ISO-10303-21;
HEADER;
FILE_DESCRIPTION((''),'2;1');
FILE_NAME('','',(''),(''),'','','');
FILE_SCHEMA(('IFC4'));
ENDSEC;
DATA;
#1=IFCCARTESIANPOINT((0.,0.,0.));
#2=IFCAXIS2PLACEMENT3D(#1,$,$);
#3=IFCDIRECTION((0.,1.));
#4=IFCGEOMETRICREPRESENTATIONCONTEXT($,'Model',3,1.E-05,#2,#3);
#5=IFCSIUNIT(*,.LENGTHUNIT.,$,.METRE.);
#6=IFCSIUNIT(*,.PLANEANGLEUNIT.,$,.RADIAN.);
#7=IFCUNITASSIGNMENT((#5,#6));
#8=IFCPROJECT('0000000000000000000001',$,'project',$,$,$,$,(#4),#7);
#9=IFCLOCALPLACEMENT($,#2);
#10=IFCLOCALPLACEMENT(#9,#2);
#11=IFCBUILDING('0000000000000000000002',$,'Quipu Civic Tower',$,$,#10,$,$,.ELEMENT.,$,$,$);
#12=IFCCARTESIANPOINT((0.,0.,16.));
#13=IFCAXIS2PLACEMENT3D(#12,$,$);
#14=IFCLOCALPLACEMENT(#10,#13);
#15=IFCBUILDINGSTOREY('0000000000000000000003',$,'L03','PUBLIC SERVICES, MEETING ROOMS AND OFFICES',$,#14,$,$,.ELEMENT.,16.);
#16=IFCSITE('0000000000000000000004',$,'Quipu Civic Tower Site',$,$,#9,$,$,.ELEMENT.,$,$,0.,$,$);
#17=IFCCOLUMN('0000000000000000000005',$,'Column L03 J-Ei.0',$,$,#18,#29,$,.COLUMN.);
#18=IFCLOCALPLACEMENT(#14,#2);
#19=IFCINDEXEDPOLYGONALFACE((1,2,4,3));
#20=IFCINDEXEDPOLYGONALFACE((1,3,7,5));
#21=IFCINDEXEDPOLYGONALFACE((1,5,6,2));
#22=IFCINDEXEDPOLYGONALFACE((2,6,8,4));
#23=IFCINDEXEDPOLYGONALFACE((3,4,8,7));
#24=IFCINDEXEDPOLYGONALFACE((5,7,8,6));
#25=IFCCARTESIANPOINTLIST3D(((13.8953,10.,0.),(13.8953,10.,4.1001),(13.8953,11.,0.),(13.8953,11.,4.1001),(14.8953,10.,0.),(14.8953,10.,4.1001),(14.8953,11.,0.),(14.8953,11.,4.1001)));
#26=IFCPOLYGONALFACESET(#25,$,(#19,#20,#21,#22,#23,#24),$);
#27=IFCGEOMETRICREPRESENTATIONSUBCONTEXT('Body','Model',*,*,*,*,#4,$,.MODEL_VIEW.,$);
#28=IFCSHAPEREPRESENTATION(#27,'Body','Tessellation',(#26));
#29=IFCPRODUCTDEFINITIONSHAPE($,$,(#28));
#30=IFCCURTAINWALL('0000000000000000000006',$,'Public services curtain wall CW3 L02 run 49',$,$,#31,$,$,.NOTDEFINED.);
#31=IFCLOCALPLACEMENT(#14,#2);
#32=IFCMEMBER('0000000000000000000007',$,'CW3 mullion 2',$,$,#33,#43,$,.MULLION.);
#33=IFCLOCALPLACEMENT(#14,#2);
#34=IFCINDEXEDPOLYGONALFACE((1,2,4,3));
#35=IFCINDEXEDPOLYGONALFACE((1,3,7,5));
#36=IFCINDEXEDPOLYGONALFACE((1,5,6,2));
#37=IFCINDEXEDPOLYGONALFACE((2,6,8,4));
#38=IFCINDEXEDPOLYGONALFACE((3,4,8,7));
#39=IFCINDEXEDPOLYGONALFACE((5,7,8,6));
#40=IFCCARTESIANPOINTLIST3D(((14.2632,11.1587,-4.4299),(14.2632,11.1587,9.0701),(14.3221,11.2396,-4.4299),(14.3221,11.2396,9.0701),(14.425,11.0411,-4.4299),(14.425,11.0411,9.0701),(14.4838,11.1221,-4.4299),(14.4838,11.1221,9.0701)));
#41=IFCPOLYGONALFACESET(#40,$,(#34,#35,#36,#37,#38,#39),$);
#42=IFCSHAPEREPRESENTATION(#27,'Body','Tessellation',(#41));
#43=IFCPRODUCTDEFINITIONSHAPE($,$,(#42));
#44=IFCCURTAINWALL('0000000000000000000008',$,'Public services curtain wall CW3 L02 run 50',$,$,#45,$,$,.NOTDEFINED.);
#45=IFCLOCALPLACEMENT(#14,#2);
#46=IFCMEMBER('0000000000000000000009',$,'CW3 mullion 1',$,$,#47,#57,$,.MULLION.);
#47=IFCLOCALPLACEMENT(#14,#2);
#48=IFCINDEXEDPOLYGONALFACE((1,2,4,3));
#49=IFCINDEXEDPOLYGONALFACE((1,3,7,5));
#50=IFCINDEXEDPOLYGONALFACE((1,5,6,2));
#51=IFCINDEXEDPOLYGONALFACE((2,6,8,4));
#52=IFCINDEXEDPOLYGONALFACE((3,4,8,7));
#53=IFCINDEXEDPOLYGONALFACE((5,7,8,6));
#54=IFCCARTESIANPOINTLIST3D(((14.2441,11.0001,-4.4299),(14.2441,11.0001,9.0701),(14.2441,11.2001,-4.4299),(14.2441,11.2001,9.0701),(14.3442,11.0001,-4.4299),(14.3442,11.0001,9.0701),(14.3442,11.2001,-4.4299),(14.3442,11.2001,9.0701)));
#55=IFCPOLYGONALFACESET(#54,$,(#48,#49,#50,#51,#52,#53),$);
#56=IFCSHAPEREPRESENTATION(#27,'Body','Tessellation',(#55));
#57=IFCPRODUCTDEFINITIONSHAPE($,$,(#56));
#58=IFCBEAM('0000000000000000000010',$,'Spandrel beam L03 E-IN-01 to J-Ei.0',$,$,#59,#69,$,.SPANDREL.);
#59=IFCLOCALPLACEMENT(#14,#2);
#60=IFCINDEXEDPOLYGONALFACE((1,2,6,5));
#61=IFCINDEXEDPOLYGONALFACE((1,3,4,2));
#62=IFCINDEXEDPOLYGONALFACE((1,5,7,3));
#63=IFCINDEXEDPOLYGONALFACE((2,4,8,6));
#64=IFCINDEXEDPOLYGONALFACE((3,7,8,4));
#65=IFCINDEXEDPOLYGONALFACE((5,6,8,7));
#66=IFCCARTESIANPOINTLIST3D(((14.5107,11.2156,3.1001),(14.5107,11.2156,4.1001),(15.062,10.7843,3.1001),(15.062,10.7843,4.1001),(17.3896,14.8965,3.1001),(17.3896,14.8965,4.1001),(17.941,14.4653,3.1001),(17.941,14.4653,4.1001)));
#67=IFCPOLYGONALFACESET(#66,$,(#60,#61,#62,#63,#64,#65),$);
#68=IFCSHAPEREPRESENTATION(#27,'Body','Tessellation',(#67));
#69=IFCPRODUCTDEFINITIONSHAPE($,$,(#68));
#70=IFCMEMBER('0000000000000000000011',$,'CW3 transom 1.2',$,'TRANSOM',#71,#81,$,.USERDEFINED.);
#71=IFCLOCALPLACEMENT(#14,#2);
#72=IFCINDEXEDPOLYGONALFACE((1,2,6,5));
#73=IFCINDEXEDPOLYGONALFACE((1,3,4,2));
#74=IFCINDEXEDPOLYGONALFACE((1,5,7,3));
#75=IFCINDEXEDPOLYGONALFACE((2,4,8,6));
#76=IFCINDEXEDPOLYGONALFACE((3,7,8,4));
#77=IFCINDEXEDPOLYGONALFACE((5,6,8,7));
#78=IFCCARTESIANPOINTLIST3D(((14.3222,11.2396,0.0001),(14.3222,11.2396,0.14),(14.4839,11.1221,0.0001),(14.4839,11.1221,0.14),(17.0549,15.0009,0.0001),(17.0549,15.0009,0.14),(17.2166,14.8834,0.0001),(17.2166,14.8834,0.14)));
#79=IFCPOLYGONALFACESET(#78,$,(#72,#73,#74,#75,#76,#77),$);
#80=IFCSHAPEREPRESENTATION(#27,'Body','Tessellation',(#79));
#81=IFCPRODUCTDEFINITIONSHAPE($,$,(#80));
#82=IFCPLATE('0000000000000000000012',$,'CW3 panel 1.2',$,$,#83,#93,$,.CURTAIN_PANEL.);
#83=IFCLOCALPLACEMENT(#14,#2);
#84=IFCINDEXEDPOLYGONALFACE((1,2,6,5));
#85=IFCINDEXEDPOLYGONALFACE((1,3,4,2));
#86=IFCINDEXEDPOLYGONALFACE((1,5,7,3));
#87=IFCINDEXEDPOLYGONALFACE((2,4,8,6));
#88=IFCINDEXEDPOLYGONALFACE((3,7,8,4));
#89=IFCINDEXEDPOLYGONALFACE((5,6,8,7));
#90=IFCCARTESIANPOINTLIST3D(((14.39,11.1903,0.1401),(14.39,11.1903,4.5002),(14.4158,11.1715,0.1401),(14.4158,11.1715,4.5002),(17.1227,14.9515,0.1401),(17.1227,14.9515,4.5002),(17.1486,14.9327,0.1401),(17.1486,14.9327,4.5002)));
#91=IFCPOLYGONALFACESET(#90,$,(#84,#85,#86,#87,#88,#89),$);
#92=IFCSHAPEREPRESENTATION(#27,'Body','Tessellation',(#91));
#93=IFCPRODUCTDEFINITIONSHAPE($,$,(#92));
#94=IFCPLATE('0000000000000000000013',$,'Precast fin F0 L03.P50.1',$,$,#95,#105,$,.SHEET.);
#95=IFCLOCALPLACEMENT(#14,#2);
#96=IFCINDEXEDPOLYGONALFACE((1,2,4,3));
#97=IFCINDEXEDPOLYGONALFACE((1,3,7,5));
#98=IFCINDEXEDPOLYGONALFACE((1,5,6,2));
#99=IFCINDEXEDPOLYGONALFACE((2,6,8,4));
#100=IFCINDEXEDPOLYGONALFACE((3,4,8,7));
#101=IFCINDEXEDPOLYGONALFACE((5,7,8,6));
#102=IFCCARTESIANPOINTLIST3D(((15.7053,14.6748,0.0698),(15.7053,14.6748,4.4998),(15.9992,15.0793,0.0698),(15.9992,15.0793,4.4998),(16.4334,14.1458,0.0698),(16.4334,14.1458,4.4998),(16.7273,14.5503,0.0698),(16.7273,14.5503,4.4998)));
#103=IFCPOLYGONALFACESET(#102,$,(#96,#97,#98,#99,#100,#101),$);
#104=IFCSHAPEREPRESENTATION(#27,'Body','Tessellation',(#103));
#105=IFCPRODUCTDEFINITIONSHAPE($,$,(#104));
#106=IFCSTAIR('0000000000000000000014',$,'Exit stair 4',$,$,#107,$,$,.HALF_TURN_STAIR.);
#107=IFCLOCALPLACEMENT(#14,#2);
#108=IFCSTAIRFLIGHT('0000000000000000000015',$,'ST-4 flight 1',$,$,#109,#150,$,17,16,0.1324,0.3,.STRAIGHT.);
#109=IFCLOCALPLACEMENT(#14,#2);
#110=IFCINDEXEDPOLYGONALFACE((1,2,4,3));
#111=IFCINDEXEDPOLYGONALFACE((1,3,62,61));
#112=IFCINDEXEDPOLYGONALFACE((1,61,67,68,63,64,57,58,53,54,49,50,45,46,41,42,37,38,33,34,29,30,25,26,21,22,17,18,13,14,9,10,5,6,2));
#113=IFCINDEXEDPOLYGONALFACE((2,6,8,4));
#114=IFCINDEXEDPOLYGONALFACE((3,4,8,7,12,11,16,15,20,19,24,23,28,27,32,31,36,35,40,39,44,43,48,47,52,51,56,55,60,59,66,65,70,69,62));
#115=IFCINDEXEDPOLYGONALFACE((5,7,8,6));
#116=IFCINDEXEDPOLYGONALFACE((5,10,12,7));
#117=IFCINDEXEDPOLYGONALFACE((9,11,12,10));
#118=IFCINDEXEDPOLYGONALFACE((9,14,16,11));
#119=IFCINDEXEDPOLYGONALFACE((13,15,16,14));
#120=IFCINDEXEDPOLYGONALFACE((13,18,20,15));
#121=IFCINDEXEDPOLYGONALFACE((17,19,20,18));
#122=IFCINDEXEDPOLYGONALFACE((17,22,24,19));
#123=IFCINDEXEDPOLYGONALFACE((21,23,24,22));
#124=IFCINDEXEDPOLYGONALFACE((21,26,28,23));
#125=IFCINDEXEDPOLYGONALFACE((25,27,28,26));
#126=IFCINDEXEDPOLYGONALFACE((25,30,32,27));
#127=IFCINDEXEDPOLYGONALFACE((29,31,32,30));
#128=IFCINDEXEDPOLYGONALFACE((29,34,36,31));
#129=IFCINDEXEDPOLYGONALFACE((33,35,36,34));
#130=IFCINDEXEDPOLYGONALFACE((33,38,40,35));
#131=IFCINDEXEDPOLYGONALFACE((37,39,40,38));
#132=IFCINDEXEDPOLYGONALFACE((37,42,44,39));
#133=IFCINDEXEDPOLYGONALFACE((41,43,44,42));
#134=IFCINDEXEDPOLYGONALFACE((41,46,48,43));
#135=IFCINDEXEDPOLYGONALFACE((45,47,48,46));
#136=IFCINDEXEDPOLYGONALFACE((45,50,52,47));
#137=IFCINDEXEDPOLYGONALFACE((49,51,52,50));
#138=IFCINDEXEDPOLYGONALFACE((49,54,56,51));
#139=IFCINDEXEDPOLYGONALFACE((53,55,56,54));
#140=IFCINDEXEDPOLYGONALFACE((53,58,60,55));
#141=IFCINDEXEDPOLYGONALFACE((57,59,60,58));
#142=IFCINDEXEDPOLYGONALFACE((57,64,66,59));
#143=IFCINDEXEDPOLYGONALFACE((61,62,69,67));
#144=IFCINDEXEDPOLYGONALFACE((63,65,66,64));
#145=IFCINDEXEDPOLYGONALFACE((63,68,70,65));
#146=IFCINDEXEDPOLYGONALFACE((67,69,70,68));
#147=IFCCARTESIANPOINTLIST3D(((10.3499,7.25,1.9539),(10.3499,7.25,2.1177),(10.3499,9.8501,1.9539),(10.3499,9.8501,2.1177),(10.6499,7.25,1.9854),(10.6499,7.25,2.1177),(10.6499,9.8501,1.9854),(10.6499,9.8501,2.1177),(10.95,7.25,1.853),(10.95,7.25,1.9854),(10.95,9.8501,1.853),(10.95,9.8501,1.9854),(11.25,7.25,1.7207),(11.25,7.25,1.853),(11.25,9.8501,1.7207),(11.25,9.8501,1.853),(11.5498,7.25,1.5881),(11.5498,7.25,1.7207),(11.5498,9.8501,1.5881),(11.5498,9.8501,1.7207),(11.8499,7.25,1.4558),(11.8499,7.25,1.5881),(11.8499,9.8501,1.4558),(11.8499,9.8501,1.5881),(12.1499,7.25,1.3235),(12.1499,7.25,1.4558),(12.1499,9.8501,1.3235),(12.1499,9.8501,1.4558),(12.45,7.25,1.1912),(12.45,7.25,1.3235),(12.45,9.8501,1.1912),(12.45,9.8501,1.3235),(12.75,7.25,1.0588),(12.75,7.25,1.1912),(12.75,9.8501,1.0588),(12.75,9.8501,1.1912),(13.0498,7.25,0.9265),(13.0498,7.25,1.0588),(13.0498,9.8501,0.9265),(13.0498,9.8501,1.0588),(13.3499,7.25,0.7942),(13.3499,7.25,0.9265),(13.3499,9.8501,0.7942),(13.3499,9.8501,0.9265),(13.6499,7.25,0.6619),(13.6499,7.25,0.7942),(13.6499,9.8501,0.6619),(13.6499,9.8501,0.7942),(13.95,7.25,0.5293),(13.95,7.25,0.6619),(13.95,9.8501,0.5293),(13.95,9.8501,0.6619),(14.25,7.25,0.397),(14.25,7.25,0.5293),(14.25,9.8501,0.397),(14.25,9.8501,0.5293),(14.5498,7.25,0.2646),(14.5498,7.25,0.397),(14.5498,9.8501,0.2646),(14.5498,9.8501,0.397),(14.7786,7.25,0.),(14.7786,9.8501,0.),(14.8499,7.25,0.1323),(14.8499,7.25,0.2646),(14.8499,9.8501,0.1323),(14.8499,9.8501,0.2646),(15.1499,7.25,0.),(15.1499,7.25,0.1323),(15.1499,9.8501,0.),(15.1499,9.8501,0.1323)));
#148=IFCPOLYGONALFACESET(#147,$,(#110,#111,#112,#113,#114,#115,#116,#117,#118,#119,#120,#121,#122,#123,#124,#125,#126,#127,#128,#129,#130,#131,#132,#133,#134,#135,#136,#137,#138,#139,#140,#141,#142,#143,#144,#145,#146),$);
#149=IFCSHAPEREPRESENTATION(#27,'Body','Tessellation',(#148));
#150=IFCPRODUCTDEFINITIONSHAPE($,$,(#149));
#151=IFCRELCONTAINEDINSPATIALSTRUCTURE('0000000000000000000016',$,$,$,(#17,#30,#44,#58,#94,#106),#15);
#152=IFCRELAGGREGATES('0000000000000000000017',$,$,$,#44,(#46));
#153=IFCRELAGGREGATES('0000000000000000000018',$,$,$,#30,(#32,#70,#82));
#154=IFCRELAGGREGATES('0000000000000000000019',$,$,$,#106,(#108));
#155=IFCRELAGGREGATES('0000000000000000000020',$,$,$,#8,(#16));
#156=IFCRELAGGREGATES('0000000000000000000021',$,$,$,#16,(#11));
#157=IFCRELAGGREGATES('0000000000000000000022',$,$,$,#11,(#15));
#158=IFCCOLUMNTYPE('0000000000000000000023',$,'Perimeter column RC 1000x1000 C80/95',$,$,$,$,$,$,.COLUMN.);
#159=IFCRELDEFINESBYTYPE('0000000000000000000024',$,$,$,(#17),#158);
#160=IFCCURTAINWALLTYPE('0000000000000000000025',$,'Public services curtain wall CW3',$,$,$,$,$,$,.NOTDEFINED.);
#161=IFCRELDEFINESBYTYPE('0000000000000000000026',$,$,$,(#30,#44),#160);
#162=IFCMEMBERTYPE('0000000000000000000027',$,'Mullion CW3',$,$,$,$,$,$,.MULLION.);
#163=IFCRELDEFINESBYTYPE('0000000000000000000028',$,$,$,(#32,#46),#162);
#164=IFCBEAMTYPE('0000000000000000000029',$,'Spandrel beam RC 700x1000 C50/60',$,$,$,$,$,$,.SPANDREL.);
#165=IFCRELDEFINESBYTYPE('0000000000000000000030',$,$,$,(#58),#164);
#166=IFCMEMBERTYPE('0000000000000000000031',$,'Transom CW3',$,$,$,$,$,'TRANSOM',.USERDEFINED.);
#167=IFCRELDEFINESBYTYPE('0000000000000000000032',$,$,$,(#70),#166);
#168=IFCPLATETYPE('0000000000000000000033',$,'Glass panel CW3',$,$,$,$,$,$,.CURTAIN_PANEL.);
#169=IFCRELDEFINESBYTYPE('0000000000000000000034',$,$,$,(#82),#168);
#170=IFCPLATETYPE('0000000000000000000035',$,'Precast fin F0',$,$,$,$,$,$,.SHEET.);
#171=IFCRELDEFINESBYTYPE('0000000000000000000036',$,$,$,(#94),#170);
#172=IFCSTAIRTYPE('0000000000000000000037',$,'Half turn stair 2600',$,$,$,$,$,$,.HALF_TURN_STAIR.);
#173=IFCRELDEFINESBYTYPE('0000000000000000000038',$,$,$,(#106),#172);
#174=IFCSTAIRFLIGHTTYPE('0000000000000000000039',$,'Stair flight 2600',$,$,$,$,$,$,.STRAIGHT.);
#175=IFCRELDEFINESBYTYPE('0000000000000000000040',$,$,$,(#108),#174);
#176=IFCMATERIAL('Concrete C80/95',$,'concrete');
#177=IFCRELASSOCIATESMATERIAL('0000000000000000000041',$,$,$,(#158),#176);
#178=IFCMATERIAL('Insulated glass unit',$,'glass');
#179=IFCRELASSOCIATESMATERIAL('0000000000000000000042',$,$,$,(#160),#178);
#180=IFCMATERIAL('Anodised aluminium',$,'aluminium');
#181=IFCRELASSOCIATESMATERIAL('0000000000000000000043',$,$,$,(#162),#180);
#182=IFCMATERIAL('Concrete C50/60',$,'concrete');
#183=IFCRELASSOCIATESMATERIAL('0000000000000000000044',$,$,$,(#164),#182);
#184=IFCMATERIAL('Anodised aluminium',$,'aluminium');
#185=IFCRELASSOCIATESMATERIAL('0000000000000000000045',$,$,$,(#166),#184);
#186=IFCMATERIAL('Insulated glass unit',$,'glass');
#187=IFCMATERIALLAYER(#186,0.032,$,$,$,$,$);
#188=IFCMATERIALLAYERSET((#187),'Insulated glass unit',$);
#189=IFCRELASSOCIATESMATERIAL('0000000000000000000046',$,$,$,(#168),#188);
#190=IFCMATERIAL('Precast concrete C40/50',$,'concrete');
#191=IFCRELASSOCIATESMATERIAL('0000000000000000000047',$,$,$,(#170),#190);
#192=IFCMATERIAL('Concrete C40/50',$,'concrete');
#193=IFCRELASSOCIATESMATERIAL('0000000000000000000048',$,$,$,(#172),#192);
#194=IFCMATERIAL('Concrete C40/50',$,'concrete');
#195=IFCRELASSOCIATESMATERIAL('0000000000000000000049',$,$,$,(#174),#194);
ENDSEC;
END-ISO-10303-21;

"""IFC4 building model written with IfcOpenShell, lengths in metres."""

from ifc_helpers import new_model, si_unit, direction, frame, origin, origin_2d, place, context, subcontext, project, spatial, polyline, rectangle, outline, extrude, material, layer, layer_set, material_profile, profile_set, type_object, element, aggregate, save


model = new_model("IFC4")

# Units and contexts
model_context = context("Model", 3, precision=1e-05, world=origin(), true_north=direction((0.0, 1.0)))
body_context = subcontext(model_context, "Body", "Model", "MODEL_VIEW")
ifc_project = project(units=[si_unit("LENGTHUNIT", "METRE"), si_unit("PLANEANGLEUNIT", "RADIAN")], contexts=[model_context])

# Site, building, storey
site_placement = place(None, origin())
site = spatial("IfcSite", under=ifc_project, at=site_placement, Name="Quipu Civic Tower Site", CompositionType="ELEMENT", RefElevation=0.0)
building_placement = place(site_placement, origin())
building = spatial("IfcBuilding", under=site, at=building_placement, Name="Quipu Civic Tower", CompositionType="ELEMENT")
storey_placement = place(building_placement, frame((0.0, 0.0, 16.0)))
storey = spatial("IfcBuildingStorey", under=building, at=storey_placement, Name="L03", Description="PUBLIC SERVICES, MEETING ROOMS AND OFFICES", CompositionType="ELEMENT", Elevation=16.0)

# Column
ifc_material_1 = material(Name="Concrete C80/95", Category="concrete")
ifc_material_profile_1 = material_profile(ifc_material_1, rectangle(XDim=1.0, YDim=1.0, at=origin_2d()), Name="RC1000x1000")
ifc_profile_set_1 = profile_set([ifc_material_profile_1], Name="Concrete C80/95")
column_type = type_object("IfcColumnType", Name="Perimeter column RC 1000x1000 C80/95", PredefinedType="COLUMN", material=ifc_profile_set_1)
column_placement = place(storey_placement, frame((14.3953, 10.5, 0.0), z_axis=(0.0, 0.0, 1.0), x_axis=(-1.0, 0.0, 0.0)))
element("IfcColumn", 1, at=column_placement, inside=storey, type_object=column_type, Name="Column L03 J-Ei.0", PredefinedType="COLUMN", context=body_context, shape_type="SweptSolid", body=[
    extrude(rectangle(XDim=1.0, YDim=1.0, at=origin_2d()), origin(), (0.0, 0.0, 1.0), 4.1001),
])

# Curtain walls, members
ifc_material_2 = material(Name="Insulated glass unit", Category="glass")
curtain_wall_type = type_object("IfcCurtainWallType", Name="Public services curtain wall CW3", PredefinedType="NOTDEFINED", material=ifc_material_2)
curtain_wall_1_placement = place(storey_placement, origin())
curtain_wall_1 = element("IfcCurtainWall", 2, at=curtain_wall_1_placement, inside=storey, type_object=curtain_wall_type, Name="Public services curtain wall CW3 L02 run 49", PredefinedType="NOTDEFINED")
ifc_material_3 = material(Name="Anodised aluminium", Category="aluminium")
ifc_material_profile_2 = material_profile(ifc_material_3, rectangle(XDim=0.2, YDim=0.1001, at=origin_2d()), Name="RECT 200x100")
ifc_profile_set_2 = profile_set([ifc_material_profile_2], Name="Anodised aluminium")
member_type_1 = type_object("IfcMemberType", Name="Mullion CW3", PredefinedType="MULLION", material=ifc_profile_set_2)
member_1_placement = place(storey_placement, frame((14.3735, 11.1404, -4.4299), z_axis=(0.0, 0.0, 1.0), x_axis=(0.80901, -0.587795, 0.0)))
member_1 = element("IfcMember", 3, at=member_1_placement, type_object=member_type_1, Name="CW3 mullion 2", PredefinedType="MULLION", context=body_context, shape_type="SweptSolid", body=[
    extrude(rectangle(XDim=0.2, YDim=0.1001, at=origin_2d()), origin(), (0.0, 0.0, 1.0), 13.5),
])
curtain_wall_2_placement = place(storey_placement, origin())
curtain_wall_2 = element("IfcCurtainWall", 4, at=curtain_wall_2_placement, inside=storey, type_object=curtain_wall_type, Name="Public services curtain wall CW3 L02 run 50", PredefinedType="NOTDEFINED")
member_2_placement = place(storey_placement, frame((14.2942, 11.1001, -4.4299), z_axis=(0.0, 0.0, 1.0), x_axis=(0.0, -1.0, 0.0)))
member_2 = element("IfcMember", 5, at=member_2_placement, type_object=member_type_1, Name="CW3 mullion 1", PredefinedType="MULLION", context=body_context, shape_type="SweptSolid", body=[
    extrude(rectangle(XDim=0.2, YDim=0.1001, at=origin_2d()), origin(), (0.0, 0.0, 1.0), 13.5),
])
aggregate(curtain_wall_2, [member_2])

# Beam
ifc_material_4 = material(Name="Concrete C50/60", Category="concrete")
ifc_material_profile_3 = material_profile(ifc_material_4, rectangle(XDim=0.7, YDim=1.0, at=origin_2d()), Name="RC700x1000")
ifc_profile_set_3 = profile_set([ifc_material_profile_3], Name="Concrete C50/60")
beam_type = type_object("IfcBeamType", Name="Spandrel beam RC 700x1000 C50/60", PredefinedType="SPANDREL", material=ifc_profile_set_3)
beam_placement = place(storey_placement, frame((17.6653, 14.6809, 3.6001), z_axis=(-0.616069, -0.787692, 0.0), x_axis=(0.787692, -0.616069, 0.0)))
element("IfcBeam", 6, at=beam_placement, inside=storey, type_object=beam_type, Name="Spandrel beam L03 E-IN-01 to J-Ei.0", PredefinedType="SPANDREL", context=body_context, shape_type="SweptSolid", body=[
    extrude(rectangle(XDim=0.7, YDim=1.0, at=origin_2d()), origin(), (0.0, 0.0, 1.0), 4.6731),
])

# Member
ifc_material_5 = material(Name="Anodised aluminium", Category="aluminium")
ifc_material_profile_4 = material_profile(ifc_material_5, rectangle(XDim=0.2, YDim=0.1399, at=origin_2d()), Name="RECT 200x140")
ifc_profile_set_4 = profile_set([ifc_material_profile_4], Name="Anodised aluminium")
member_type_2 = type_object("IfcMemberType", Name="Transom CW3", ElementType="TRANSOM", PredefinedType="USERDEFINED", material=ifc_profile_set_4)
member_3_placement = place(storey_placement, frame((17.1357, 14.9421, 0.0701), z_axis=(-0.587781, -0.80902, 0.0), x_axis=(0.80902, -0.587781, 0.0)))
member_3 = element("IfcMember", 7, at=member_3_placement, type_object=member_type_2, Name="CW3 transom 1.2", ObjectType="TRANSOM", PredefinedType="USERDEFINED", context=body_context, shape_type="SweptSolid", body=[
    extrude(rectangle(XDim=0.2, YDim=0.1399, at=origin_2d()), origin(), (0.0, 0.0, 1.0), 4.6492),
])

# Plates
ifc_material_6 = material(Name="Insulated glass unit", Category="glass")
ifc_layer = layer(ifc_material_6, 0.032)
ifc_layer_set = layer_set([ifc_layer], Name="Insulated glass unit")
plate_type_1 = type_object("IfcPlateType", Name="Glass panel CW3", PredefinedType="CURTAIN_PANEL", material=ifc_layer_set)
plate_1_placement = place(storey_placement, frame((15.7693, 13.0615, 0.1401), z_axis=(0.0, 0.0, 1.0), x_axis=(-0.587795, -0.80901, 0.0)))
plate_1 = element("IfcPlate", 8, at=plate_1_placement, type_object=plate_type_1, Name="CW3 panel 1.2", PredefinedType="CURTAIN_PANEL", context=body_context, shape_type="SweptSolid", body=[
    extrude(rectangle(XDim=4.6492, YDim=0.032, at=origin_2d()), origin(), (0.0, 0.0, 1.0), 4.3601),
])
aggregate(curtain_wall_1, [member_1, member_3, plate_1])
ifc_material_7 = material(Name="Precast concrete C40/50", Category="concrete")
plate_type_2 = type_object("IfcPlateType", Name="Precast fin F0", PredefinedType="SHEET", material=ifc_material_7)
plate_2_placement = place(storey_placement, frame((16.2163, 14.6125, 0.0698), z_axis=(0.0, 0.0, 1.0), x_axis=(-0.587785, -0.809017, 0.0)))
element("IfcPlate", 9, at=plate_2_placement, inside=storey, type_object=plate_type_2, Name="Precast fin F0 L03.P50.1", PredefinedType="SHEET", context=body_context, shape_type="SweptSolid", body=[
    extrude(rectangle(XDim=0.5, YDim=0.8999, at=origin_2d()), origin(), (0.0, 0.0, 1.0), 4.4299),
])

# Stair, stair flight
ifc_material_8 = material(Name="Concrete C40/50", Category="concrete")
stair_type = type_object("IfcStairType", Name="Half turn stair 2600", PredefinedType="HALF_TURN_STAIR", material=ifc_material_8)
stair_placement = place(storey_placement, origin())
stair = element("IfcStair", 10, at=stair_placement, inside=storey, type_object=stair_type, Name="Exit stair 4", PredefinedType="HALF_TURN_STAIR")
ifc_material_9 = material(Name="Concrete C40/50", Category="concrete")
stair_flight_type = type_object("IfcStairFlightType", Name="Stair flight 2600", PredefinedType="STRAIGHT", material=ifc_material_9)
stair_flight_placement = place(storey_placement, frame((15.1499, 8.55, 0.0), z_axis=(0.0, 0.0, 1.0), x_axis=(-1.0, 0.0, 0.0)))
stair_flight = element("IfcStairFlight", 11, at=stair_flight_placement, type_object=stair_flight_type, Name="ST-4 flight 1", NumberOfRisers=17, NumberOfTreads=16, PredefinedType="STRAIGHT", RiserHeight=0.1324, TreadLength=0.3, context=body_context, shape_type="SweptSolid", body=[
    extrude(outline(polyline([(0.0, 0.0), (0.0, 0.1323), (0.3, 0.1323), (0.3, 0.2646), (0.6001, 0.2646), (0.6001, 0.397), (0.8999, 0.397), (0.8999, 0.5293), (1.2, 0.5293), (1.2, 0.6619), (1.5, 0.6619), (1.5, 0.7942), (1.8, 0.7942), (1.8, 0.9265), (2.1001, 0.9265), (2.1001, 1.0588), (2.3999, 1.0588), (2.3999, 1.1912), (2.7, 1.1912), (2.7, 1.3235), (3.0, 1.3235), (3.0, 1.4558), (3.3, 1.4558), (3.3, 1.5881), (3.6001, 1.5881), (3.6001, 1.7207), (3.8999, 1.7207), (3.8999, 1.853), (4.2, 1.853), (4.2, 1.9854), (4.5, 1.9854), (4.5, 2.1177), (4.8, 2.1177), (4.8, 2.25), (4.8, 1.9539), (0.3713, 0.0), (0.0, 0.0)])), frame((0.0, 1.3, 0.0), z_axis=(0.0, -1.0, 0.0), x_axis=(1.0, 0.0, 0.0)), (0.0, 0.0, 1.0), 2.6001),
])
aggregate(stair, [stair_flight])

save(model, "model.ifc")
